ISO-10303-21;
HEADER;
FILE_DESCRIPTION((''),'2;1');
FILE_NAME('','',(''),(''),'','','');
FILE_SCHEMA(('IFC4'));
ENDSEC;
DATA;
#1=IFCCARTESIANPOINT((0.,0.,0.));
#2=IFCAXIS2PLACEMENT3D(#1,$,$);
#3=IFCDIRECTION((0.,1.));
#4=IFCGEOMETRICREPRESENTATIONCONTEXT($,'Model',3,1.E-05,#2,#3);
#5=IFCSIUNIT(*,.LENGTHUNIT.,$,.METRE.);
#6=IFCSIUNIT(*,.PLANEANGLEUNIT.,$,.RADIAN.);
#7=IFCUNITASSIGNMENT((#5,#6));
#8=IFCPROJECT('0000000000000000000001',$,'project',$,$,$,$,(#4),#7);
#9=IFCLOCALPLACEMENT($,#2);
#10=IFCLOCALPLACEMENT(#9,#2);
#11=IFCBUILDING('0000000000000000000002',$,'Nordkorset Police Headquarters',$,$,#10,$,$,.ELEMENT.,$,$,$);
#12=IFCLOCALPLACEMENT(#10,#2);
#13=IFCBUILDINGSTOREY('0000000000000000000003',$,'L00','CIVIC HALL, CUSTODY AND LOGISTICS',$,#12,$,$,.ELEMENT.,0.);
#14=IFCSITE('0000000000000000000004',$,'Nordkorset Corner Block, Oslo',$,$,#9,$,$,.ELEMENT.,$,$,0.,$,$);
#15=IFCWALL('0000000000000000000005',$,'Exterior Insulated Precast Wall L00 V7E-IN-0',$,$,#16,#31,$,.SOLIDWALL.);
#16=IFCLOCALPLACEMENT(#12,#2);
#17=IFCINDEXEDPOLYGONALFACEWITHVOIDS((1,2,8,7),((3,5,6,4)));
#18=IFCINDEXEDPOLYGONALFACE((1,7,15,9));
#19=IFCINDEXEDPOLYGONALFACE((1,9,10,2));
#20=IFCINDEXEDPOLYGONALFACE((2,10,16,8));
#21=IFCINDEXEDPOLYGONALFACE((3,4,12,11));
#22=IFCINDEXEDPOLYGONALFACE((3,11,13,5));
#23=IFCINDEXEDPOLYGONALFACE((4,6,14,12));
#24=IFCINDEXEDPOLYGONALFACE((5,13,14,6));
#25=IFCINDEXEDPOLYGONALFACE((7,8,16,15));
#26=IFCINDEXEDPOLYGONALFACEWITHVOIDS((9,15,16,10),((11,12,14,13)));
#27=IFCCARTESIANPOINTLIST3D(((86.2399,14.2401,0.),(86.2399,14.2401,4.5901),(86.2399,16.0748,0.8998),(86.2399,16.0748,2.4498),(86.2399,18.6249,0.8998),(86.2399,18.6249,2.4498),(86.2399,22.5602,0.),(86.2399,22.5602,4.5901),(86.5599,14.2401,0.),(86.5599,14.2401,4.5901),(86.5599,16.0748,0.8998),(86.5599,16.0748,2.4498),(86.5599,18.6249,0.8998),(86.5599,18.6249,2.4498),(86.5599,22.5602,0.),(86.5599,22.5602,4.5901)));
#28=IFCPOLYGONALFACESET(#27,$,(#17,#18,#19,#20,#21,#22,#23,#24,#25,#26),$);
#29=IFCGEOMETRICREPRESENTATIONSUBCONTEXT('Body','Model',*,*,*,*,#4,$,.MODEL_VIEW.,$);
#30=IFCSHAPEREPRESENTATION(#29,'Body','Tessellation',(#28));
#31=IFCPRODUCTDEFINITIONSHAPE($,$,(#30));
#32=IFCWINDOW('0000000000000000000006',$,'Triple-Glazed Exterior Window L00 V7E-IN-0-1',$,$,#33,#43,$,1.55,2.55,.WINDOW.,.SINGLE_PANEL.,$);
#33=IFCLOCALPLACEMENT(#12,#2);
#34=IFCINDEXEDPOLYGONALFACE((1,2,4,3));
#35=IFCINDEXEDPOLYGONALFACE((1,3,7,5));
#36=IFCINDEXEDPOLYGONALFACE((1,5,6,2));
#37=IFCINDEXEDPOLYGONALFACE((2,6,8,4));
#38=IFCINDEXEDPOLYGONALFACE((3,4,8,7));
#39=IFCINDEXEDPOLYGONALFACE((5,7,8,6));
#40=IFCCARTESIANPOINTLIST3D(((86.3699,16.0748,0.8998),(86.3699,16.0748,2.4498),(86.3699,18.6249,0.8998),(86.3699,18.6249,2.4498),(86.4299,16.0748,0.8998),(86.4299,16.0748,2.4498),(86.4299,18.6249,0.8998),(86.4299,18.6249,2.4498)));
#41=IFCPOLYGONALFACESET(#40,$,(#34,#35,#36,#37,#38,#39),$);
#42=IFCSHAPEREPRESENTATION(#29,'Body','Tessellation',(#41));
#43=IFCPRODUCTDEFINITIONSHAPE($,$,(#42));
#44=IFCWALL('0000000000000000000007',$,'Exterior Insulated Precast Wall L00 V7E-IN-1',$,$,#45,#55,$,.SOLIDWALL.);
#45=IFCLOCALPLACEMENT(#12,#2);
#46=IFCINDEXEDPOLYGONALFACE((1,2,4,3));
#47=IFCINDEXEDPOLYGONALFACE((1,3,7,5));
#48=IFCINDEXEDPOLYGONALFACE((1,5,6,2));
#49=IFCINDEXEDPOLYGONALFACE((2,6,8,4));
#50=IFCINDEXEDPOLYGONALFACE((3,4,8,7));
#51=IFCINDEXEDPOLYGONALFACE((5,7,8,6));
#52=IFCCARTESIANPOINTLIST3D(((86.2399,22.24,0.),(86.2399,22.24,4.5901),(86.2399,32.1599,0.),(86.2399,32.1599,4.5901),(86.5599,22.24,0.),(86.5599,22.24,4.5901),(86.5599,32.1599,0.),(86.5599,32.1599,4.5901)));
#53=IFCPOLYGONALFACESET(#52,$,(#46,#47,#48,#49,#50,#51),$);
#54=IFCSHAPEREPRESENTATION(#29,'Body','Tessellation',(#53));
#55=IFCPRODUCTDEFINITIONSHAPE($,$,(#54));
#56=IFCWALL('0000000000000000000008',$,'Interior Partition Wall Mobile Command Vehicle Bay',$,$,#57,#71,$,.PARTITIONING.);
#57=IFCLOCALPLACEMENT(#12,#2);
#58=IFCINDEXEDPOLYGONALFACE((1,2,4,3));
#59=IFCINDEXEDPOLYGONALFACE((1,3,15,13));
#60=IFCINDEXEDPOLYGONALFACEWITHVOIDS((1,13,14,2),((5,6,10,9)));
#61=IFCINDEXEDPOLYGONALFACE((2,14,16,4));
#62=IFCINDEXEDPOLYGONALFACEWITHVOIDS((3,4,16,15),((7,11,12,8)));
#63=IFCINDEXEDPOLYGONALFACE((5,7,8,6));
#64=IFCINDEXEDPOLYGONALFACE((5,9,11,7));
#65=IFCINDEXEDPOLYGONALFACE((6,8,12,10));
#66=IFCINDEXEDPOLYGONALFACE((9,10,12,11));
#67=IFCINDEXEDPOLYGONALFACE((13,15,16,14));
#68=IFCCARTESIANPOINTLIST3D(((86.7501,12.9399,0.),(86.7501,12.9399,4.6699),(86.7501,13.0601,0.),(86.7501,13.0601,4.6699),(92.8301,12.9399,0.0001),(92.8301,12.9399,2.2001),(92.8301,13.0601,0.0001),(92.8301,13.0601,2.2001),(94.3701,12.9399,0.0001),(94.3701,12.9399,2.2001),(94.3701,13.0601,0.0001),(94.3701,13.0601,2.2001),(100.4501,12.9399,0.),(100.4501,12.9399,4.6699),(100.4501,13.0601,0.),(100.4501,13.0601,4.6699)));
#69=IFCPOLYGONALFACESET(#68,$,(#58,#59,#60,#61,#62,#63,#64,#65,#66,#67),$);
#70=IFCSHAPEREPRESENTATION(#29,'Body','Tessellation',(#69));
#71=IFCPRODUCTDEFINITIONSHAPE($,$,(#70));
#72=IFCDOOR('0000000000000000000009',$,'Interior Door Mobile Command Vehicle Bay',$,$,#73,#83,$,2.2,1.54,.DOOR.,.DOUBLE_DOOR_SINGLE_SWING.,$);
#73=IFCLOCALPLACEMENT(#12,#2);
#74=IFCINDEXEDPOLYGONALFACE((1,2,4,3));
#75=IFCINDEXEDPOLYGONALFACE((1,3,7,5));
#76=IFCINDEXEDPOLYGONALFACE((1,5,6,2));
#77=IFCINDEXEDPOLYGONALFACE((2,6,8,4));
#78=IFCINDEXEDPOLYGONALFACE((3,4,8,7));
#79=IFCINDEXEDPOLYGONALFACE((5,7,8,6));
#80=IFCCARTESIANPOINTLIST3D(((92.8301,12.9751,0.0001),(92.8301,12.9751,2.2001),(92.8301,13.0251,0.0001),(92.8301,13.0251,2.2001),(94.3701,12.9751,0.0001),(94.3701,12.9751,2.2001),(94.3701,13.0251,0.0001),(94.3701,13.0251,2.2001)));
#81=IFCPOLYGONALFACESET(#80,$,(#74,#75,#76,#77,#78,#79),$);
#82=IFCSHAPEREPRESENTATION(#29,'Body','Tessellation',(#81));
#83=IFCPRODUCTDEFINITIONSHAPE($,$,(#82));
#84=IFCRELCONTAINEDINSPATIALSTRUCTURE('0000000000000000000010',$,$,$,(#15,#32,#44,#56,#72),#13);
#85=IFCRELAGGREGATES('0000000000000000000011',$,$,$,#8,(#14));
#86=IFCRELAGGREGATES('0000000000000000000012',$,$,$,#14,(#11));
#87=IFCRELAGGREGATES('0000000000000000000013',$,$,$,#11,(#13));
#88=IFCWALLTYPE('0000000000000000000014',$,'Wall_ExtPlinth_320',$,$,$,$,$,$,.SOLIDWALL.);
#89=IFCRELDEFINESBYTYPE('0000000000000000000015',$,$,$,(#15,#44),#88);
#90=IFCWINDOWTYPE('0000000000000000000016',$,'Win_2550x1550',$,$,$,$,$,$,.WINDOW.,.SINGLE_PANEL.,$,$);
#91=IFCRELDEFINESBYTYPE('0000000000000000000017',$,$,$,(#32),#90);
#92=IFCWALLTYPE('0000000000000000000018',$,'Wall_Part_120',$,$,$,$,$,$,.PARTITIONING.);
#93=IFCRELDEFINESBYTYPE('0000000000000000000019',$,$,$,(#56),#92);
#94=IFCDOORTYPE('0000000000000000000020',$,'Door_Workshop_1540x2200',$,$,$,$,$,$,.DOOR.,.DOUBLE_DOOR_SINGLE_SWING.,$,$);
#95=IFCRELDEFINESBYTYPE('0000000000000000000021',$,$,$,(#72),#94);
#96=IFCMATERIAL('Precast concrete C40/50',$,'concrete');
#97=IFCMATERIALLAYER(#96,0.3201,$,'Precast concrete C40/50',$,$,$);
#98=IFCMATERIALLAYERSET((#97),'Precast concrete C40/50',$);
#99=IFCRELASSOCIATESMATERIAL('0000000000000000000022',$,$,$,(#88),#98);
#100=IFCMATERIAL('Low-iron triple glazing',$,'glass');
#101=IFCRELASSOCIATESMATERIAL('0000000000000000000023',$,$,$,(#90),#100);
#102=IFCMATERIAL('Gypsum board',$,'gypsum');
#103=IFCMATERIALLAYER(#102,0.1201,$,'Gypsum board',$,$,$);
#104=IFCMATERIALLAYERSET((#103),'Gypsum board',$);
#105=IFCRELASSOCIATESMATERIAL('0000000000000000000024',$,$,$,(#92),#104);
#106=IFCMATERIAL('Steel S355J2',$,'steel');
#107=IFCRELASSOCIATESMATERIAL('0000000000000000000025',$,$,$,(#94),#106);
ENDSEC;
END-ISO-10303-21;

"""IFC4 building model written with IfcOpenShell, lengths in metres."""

from ifc_helpers import new_model, si_unit, direction, frame, frame_2d, origin, place, context, subcontext, project, spatial, rectangle, extrude, material, layer, layer_set, type_object, element, fill, save


model = new_model("IFC4")

# Units and contexts
model_context = context("Model", 3, precision=1e-05, world=origin(), true_north=direction((0.0, 1.0)))
body_context = subcontext(model_context, "Body", "Model", "MODEL_VIEW")
ifc_project = project(units=[si_unit("LENGTHUNIT", "METRE"), si_unit("PLANEANGLEUNIT", "RADIAN")], contexts=[model_context])

# Site, building, storey
site_placement = place(None, origin())
site = spatial("IfcSite", under=ifc_project, at=site_placement, Name="Nordkorset Corner Block, Oslo", CompositionType="ELEMENT", RefElevation=0.0)
building_placement = place(site_placement, origin())
building = spatial("IfcBuilding", under=site, at=building_placement, Name="Nordkorset Police Headquarters", CompositionType="ELEMENT")
storey_placement = place(building_placement, origin())
storey = spatial("IfcBuildingStorey", under=building, at=storey_placement, Name="L00", Description="CIVIC HALL, CUSTODY AND LOGISTICS", CompositionType="ELEMENT", Elevation=0.0)

# Wall, opening, window
ifc_material_1 = material(Name="Precast concrete C40/50", Category="concrete")
ifc_layer_1 = layer(ifc_material_1, 0.3201, Name="Precast concrete C40/50")
ifc_layer_set_1 = layer_set([ifc_layer_1], Name="Precast concrete C40/50")
wall_type_1 = type_object("IfcWallType", Name="Wall_ExtPlinth_320", PredefinedType="SOLIDWALL", material=ifc_layer_set_1)
wall_1_placement = place(storey_placement, frame((86.3999, 14.24, 0.0), z_axis=(0.0, 0.0, 1.0), x_axis=(0.0, 1.0, 0.0)))
wall_1 = element("IfcWall", 1, at=wall_1_placement, inside=storey, type_object=wall_type_1, Name="Exterior Insulated Precast Wall L00 V7E-IN-0", PredefinedType="SOLIDWALL", context=body_context, shape_type="SweptSolid", body=[
    extrude(rectangle(XDim=8.3201, YDim=0.3201, at=frame_2d((4.1602, 0.0))), origin(), (0.0, 0.0, 1.0), 4.5901),
])
opening_1_placement = place(wall_1_placement, frame((1.835, 0.0, 0.8999)))
opening_1 = element("IfcOpeningElement", 2, at=opening_1_placement, cuts=wall_1, PredefinedType="OPENING", context=body_context, shape_type="SweptSolid", body=[
    extrude(rectangle(XDim=2.55, YDim=1.55, at=frame_2d((1.2749, 0.7749))), frame((0.0, 0.1699, 0.0), z_axis=(0.0, -1.0, 0.0), x_axis=(1.0, 0.0, 0.0)), (0.0, 0.0, 1.0), 0.3401),
])
ifc_material_2 = material(Name="Low-iron triple glazing", Category="glass")
window_type = type_object("IfcWindowType", Name="Win_2550x1550", PartitioningType="SINGLE_PANEL", PredefinedType="WINDOW", material=ifc_material_2)
window_placement = place(opening_1_placement, origin())
window = element("IfcWindow", 3, at=window_placement, inside=storey, type_object=window_type, Name="Triple-Glazed Exterior Window L00 V7E-IN-0-1", OverallHeight=1.55, OverallWidth=2.55, PartitioningType="SINGLE_PANEL", PredefinedType="WINDOW", context=body_context, shape_type="SweptSolid", body=[
    extrude(rectangle(XDim=2.55, YDim=1.55, at=frame_2d((1.2749, 0.7749))), frame((0.0, 0.03, 0.0), z_axis=(0.0, -1.0, 0.0), x_axis=(1.0, 0.0, 0.0)), (0.0, 0.0, 1.0), 0.0601),
])
fill(opening_1, window)

# Wall
wall_2_placement = place(storey_placement, frame((86.3999, 22.24, 0.0), z_axis=(0.0, 0.0, 1.0), x_axis=(0.0, 1.0, 0.0)))
element("IfcWall", 4, at=wall_2_placement, inside=storey, type_object=wall_type_1, Name="Exterior Insulated Precast Wall L00 V7E-IN-1", PredefinedType="SOLIDWALL", context=body_context, shape_type="SweptSolid", body=[
    extrude(rectangle(XDim=9.9199, YDim=0.3201, at=frame_2d((4.96, 0.0))), origin(), (0.0, 0.0, 1.0), 4.5901),
])

# Wall, opening, door
ifc_material_3 = material(Name="Gypsum board", Category="gypsum")
ifc_layer_2 = layer(ifc_material_3, 0.1201, Name="Gypsum board")
ifc_layer_set_2 = layer_set([ifc_layer_2], Name="Gypsum board")
wall_type_2 = type_object("IfcWallType", Name="Wall_Part_120", PredefinedType="PARTITIONING", material=ifc_layer_set_2)
wall_3_placement = place(storey_placement, frame((86.75, 13.0, 0.0), z_axis=(0.0, 0.0, 1.0), x_axis=(1.0, 0.0, 0.0)))
wall_3 = element("IfcWall", 5, at=wall_3_placement, inside=storey, type_object=wall_type_2, Name="Interior Partition Wall Mobile Command Vehicle Bay", PredefinedType="PARTITIONING", context=body_context, shape_type="SweptSolid", body=[
    extrude(rectangle(XDim=13.7, YDim=0.1201, at=frame_2d((6.8501, 0.0))), origin(), (0.0, 0.0, 1.0), 4.6699),
])
opening_2_placement = place(wall_3_placement, frame((6.0801, 0.0, 0.0)))
opening_2 = element("IfcOpeningElement", 6, at=opening_2_placement, cuts=wall_3, PredefinedType="OPENING", context=body_context, shape_type="SweptSolid", body=[
    extrude(rectangle(XDim=1.54, YDim=2.2, at=frame_2d((0.77, 1.1001))), frame((0.0, 0.0701, 0.0), z_axis=(0.0, -1.0, 0.0), x_axis=(1.0, 0.0, 0.0)), (0.0, 0.0, 1.0), 0.1401),
])
ifc_material_4 = material(Name="Steel S355J2", Category="steel")
door_type = type_object("IfcDoorType", Name="Door_Workshop_1540x2200", OperationType="DOUBLE_DOOR_SINGLE_SWING", PredefinedType="DOOR", material=ifc_material_4)
door_placement = place(opening_2_placement, frame((1.54, 0.0, 0.0), z_axis=(0.0, 0.0, 1.0), x_axis=(-1.0, 0.0, 0.0)))
door = element("IfcDoor", 7, at=door_placement, inside=storey, type_object=door_type, Name="Interior Door Mobile Command Vehicle Bay", OperationType="DOUBLE_DOOR_SINGLE_SWING", OverallHeight=2.2, OverallWidth=1.54, PredefinedType="DOOR", context=body_context, shape_type="SweptSolid", body=[
    extrude(rectangle(XDim=1.54, YDim=2.2, at=frame_2d((0.77, 1.1001))), frame((0.0, 0.0249, 0.0), z_axis=(0.0, -1.0, 0.0), x_axis=(1.0, 0.0, 0.0)), (0.0, 0.0, 1.0), 0.05),
])
fill(opening_2, door)

save(model, "model.ifc")
